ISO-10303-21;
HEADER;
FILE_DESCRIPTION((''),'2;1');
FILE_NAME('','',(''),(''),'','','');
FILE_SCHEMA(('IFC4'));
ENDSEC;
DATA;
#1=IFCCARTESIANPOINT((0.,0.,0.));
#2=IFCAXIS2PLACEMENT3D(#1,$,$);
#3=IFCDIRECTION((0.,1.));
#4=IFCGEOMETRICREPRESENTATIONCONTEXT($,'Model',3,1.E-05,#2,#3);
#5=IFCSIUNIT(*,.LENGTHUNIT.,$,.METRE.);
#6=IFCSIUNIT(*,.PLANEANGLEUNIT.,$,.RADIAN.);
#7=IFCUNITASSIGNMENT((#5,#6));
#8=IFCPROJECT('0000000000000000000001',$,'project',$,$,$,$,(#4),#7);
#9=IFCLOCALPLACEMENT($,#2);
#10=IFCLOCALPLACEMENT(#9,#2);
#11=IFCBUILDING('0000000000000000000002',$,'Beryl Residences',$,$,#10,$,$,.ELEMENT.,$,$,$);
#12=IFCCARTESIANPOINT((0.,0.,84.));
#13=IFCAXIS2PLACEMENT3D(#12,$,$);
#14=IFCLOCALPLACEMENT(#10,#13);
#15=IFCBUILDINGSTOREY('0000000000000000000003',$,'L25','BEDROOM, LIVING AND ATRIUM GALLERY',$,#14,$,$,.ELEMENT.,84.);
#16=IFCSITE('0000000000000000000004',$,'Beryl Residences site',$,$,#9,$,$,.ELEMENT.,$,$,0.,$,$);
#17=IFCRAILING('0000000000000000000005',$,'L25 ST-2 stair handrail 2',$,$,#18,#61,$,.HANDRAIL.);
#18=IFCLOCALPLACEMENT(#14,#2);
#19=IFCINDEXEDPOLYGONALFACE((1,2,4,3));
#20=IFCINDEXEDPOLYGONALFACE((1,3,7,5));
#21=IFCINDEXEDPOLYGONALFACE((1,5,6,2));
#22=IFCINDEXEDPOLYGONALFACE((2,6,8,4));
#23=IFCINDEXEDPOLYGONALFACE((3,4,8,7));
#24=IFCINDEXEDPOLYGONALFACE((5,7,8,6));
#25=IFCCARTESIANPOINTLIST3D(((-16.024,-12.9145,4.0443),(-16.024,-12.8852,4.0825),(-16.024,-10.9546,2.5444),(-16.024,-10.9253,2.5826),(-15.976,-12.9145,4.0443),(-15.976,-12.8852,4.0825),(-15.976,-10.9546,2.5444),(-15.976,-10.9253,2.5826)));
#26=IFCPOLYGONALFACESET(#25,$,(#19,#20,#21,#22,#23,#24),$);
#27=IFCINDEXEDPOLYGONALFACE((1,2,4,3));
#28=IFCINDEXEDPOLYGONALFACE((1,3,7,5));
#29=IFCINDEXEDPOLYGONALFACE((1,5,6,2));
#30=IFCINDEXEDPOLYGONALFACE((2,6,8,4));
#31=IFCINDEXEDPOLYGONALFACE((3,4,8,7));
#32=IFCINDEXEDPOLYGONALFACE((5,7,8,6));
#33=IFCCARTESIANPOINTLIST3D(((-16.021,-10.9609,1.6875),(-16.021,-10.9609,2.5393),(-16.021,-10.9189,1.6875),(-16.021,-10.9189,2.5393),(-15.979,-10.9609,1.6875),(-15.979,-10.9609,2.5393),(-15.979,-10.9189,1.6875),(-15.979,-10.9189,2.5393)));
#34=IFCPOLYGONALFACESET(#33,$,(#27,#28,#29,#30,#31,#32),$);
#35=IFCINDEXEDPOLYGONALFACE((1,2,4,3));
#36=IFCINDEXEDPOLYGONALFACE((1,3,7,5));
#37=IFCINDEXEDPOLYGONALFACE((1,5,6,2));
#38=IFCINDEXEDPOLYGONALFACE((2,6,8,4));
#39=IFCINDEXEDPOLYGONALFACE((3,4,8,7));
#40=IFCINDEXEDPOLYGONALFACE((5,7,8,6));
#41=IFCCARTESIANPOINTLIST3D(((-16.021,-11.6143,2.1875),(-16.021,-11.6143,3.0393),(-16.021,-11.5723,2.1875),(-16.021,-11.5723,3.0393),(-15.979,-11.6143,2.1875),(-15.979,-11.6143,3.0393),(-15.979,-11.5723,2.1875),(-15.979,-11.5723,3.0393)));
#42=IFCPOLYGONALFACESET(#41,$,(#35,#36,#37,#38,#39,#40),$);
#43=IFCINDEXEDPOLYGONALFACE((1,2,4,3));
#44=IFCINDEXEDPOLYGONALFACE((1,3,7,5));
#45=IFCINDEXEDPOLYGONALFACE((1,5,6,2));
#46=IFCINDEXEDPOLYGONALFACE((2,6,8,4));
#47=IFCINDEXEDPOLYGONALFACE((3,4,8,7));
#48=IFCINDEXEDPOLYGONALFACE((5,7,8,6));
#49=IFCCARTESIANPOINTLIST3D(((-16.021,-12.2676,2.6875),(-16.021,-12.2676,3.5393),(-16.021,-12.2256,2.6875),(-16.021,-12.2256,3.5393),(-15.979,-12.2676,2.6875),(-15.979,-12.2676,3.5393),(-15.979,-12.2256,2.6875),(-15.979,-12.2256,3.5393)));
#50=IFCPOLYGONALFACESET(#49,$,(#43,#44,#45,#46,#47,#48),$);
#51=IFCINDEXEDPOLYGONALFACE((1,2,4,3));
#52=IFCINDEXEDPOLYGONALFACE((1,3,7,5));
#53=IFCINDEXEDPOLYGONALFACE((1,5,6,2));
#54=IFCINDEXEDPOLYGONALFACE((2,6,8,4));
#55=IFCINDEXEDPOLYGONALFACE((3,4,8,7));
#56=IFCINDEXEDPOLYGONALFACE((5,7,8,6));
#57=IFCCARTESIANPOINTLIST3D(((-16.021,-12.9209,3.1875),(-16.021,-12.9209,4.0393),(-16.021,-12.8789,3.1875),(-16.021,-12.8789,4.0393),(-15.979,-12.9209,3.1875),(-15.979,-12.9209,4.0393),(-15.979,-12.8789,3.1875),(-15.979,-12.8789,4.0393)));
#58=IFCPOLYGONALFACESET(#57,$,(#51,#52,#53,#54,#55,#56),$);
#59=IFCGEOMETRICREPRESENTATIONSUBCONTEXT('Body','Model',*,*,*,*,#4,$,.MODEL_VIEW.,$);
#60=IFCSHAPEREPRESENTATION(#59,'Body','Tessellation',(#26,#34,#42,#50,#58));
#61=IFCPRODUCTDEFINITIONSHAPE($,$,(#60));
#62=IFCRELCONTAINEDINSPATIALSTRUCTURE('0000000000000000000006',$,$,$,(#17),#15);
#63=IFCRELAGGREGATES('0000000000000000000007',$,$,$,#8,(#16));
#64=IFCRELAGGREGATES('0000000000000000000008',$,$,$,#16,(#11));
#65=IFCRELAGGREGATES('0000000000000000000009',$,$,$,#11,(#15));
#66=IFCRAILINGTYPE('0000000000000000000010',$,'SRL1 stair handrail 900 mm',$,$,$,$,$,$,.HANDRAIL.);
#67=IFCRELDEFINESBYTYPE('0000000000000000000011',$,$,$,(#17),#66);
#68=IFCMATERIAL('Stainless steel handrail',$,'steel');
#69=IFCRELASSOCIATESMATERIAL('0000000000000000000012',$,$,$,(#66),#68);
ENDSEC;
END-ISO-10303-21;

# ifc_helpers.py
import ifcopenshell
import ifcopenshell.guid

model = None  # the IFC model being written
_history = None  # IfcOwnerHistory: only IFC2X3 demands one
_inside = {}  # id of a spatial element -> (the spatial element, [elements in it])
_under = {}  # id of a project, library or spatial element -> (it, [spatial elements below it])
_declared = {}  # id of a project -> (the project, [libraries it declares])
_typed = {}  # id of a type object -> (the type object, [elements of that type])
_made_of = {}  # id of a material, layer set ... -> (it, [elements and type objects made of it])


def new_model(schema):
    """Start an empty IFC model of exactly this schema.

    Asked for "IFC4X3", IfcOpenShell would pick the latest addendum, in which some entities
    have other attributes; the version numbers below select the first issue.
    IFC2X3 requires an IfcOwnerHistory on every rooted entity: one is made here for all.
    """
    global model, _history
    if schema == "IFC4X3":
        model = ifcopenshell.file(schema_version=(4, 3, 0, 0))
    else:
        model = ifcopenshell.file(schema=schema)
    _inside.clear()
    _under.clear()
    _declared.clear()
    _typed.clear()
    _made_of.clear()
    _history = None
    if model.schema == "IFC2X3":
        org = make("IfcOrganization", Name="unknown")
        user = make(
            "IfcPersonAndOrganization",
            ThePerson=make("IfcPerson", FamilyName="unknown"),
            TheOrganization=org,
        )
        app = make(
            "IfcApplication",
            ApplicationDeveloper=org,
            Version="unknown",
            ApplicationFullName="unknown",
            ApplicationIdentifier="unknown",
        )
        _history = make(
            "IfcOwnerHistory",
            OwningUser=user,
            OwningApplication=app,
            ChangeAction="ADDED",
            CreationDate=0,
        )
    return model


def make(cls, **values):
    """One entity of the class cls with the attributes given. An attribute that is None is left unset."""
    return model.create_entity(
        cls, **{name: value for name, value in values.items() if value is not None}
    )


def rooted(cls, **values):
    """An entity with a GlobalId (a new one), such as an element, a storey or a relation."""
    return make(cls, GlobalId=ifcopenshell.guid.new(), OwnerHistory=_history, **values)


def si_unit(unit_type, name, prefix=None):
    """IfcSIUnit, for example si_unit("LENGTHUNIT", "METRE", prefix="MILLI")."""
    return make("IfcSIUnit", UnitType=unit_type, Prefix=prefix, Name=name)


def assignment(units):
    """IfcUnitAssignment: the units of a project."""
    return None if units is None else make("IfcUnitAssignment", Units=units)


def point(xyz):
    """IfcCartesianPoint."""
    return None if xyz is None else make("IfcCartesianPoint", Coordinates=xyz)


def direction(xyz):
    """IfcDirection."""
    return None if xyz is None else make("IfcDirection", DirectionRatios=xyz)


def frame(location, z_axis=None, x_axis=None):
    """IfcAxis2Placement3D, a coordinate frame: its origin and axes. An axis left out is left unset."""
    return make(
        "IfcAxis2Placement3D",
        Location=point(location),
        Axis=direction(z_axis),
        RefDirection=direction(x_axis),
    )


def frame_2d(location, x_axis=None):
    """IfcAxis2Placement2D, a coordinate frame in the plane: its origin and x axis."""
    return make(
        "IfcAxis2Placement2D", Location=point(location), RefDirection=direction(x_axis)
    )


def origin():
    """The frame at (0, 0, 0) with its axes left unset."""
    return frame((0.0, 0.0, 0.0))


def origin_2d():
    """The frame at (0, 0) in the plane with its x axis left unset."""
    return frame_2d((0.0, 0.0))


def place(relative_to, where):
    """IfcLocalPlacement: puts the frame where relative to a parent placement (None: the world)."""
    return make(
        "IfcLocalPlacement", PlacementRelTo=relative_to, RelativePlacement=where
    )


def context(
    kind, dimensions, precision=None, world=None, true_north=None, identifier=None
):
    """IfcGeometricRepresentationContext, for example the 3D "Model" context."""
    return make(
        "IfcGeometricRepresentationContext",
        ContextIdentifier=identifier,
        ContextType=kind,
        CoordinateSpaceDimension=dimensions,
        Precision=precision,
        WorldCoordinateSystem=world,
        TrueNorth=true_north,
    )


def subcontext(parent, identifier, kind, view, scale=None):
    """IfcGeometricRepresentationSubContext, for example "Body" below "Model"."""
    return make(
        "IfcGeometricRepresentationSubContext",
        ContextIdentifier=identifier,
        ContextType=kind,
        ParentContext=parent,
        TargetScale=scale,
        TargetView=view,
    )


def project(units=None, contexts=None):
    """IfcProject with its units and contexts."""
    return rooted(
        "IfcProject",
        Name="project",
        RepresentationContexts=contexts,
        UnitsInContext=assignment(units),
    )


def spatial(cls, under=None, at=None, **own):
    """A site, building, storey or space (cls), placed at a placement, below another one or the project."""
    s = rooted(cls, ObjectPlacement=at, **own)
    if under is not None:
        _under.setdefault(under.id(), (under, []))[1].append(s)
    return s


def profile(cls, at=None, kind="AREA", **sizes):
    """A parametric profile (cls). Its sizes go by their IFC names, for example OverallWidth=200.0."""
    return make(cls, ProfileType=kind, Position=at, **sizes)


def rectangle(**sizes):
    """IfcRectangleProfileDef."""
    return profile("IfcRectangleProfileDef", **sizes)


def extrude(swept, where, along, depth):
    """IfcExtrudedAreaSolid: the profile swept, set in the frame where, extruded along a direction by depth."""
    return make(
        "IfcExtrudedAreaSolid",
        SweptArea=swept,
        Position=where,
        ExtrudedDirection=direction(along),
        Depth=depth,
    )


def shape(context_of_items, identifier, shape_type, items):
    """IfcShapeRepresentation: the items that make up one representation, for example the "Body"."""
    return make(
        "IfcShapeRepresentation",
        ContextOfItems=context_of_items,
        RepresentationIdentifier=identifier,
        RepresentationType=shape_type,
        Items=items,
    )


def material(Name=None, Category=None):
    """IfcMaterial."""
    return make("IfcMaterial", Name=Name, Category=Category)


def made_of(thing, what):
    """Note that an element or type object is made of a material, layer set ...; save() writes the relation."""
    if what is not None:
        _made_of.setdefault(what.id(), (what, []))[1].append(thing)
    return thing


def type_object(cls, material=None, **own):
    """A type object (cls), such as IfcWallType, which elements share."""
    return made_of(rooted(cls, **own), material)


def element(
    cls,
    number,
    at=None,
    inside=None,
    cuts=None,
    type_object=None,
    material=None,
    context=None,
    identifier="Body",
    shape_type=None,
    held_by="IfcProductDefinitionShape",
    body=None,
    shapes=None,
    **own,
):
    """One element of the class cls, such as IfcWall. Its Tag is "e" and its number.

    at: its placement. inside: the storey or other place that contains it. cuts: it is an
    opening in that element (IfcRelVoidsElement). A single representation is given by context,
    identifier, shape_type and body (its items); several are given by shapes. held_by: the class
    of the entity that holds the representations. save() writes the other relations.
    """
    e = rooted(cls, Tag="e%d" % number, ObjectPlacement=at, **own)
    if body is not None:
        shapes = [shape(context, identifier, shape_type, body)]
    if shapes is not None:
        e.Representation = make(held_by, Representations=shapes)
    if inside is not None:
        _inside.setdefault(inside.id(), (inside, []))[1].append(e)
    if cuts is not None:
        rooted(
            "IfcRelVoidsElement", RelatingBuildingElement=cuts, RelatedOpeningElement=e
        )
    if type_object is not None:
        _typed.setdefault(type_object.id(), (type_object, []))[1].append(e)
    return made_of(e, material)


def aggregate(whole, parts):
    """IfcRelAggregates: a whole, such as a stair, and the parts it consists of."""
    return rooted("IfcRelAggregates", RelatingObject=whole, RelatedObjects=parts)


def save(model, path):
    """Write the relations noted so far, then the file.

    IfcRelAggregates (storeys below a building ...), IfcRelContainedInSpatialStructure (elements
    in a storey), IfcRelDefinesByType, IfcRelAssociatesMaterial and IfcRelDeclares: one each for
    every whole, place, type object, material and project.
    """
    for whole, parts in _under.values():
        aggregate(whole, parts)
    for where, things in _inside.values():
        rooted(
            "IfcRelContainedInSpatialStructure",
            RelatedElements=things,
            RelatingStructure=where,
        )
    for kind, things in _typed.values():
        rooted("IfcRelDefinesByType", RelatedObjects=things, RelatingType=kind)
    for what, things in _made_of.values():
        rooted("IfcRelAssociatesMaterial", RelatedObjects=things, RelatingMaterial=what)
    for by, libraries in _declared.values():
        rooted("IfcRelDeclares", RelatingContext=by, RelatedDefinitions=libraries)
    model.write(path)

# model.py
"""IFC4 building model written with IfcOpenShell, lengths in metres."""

from ifc_helpers import new_model, si_unit, direction, frame, origin, origin_2d, place, context, subcontext, project, spatial, rectangle, extrude, material, type_object, element, save


model = new_model("IFC4")

# Units and contexts
model_context = context("Model", 3, precision=1e-05, world=origin(), true_north=direction((0.0, 1.0)))
body_context = subcontext(model_context, "Body", "Model", "MODEL_VIEW")
ifc_project = project(units=[si_unit("LENGTHUNIT", "METRE"), si_unit("PLANEANGLEUNIT", "RADIAN")], contexts=[model_context])

# Site, building, storey
site_placement = place(None, origin())
site = spatial("IfcSite", under=ifc_project, at=site_placement, Name="Beryl Residences site", CompositionType="ELEMENT", RefElevation=0.0)
building_placement = place(site_placement, origin())
building = spatial("IfcBuilding", under=site, at=building_placement, Name="Beryl Residences", CompositionType="ELEMENT")
storey_placement = place(building_placement, frame((0.0, 0.0, 84.0)))
storey = spatial("IfcBuildingStorey", under=building, at=storey_placement, Name="L25", Description="BEDROOM, LIVING AND ATRIUM GALLERY", CompositionType="ELEMENT", Elevation=84.0)

# Railing
ifc_material_1 = material(Name="Stainless steel handrail", Category="steel")
railing_type_1 = type_object("IfcRailingType", Name="SRL1 stair handrail 900 mm", PredefinedType="HANDRAIL", material=ifc_material_1)
railing_1_placement = place(storey_placement, frame((-16.0, -10.9399, 1.6875)))
element("IfcRailing", 1, at=railing_1_placement, inside=storey, type_object=railing_type_1, Name="L25 ST-2 stair handrail 2", PredefinedType="HANDRAIL", context=body_context, shape_type="SweptSolid", body=[
    extrude(rectangle(XDim=0.0481, YDim=0.0481, at=origin_2d()), frame((0.0, 0.0, 0.876), z_axis=(0.0, -0.794122, 0.607758), x_axis=(1.0, 0.0, 0.0)), (0.0, 0.0, 1.0), 2.468),
    extrude(rectangle(XDim=0.042, YDim=0.042, at=origin_2d()), origin(), (0.0, 0.0, 1.0), 0.8518),
    extrude(rectangle(XDim=0.042, YDim=0.042, at=origin_2d()), frame((0.0, -0.6533, 0.5)), (0.0, 0.0, 1.0), 0.8518),
    extrude(rectangle(XDim=0.042, YDim=0.042, at=origin_2d()), frame((0.0, -1.3066, 1.0)), (0.0, 0.0, 1.0), 0.8518),
    extrude(rectangle(XDim=0.042, YDim=0.042, at=origin_2d()), frame((0.0, -1.96, 1.5)), (0.0, 0.0, 1.0), 0.8518),
])

save(model, "model.ifc")
